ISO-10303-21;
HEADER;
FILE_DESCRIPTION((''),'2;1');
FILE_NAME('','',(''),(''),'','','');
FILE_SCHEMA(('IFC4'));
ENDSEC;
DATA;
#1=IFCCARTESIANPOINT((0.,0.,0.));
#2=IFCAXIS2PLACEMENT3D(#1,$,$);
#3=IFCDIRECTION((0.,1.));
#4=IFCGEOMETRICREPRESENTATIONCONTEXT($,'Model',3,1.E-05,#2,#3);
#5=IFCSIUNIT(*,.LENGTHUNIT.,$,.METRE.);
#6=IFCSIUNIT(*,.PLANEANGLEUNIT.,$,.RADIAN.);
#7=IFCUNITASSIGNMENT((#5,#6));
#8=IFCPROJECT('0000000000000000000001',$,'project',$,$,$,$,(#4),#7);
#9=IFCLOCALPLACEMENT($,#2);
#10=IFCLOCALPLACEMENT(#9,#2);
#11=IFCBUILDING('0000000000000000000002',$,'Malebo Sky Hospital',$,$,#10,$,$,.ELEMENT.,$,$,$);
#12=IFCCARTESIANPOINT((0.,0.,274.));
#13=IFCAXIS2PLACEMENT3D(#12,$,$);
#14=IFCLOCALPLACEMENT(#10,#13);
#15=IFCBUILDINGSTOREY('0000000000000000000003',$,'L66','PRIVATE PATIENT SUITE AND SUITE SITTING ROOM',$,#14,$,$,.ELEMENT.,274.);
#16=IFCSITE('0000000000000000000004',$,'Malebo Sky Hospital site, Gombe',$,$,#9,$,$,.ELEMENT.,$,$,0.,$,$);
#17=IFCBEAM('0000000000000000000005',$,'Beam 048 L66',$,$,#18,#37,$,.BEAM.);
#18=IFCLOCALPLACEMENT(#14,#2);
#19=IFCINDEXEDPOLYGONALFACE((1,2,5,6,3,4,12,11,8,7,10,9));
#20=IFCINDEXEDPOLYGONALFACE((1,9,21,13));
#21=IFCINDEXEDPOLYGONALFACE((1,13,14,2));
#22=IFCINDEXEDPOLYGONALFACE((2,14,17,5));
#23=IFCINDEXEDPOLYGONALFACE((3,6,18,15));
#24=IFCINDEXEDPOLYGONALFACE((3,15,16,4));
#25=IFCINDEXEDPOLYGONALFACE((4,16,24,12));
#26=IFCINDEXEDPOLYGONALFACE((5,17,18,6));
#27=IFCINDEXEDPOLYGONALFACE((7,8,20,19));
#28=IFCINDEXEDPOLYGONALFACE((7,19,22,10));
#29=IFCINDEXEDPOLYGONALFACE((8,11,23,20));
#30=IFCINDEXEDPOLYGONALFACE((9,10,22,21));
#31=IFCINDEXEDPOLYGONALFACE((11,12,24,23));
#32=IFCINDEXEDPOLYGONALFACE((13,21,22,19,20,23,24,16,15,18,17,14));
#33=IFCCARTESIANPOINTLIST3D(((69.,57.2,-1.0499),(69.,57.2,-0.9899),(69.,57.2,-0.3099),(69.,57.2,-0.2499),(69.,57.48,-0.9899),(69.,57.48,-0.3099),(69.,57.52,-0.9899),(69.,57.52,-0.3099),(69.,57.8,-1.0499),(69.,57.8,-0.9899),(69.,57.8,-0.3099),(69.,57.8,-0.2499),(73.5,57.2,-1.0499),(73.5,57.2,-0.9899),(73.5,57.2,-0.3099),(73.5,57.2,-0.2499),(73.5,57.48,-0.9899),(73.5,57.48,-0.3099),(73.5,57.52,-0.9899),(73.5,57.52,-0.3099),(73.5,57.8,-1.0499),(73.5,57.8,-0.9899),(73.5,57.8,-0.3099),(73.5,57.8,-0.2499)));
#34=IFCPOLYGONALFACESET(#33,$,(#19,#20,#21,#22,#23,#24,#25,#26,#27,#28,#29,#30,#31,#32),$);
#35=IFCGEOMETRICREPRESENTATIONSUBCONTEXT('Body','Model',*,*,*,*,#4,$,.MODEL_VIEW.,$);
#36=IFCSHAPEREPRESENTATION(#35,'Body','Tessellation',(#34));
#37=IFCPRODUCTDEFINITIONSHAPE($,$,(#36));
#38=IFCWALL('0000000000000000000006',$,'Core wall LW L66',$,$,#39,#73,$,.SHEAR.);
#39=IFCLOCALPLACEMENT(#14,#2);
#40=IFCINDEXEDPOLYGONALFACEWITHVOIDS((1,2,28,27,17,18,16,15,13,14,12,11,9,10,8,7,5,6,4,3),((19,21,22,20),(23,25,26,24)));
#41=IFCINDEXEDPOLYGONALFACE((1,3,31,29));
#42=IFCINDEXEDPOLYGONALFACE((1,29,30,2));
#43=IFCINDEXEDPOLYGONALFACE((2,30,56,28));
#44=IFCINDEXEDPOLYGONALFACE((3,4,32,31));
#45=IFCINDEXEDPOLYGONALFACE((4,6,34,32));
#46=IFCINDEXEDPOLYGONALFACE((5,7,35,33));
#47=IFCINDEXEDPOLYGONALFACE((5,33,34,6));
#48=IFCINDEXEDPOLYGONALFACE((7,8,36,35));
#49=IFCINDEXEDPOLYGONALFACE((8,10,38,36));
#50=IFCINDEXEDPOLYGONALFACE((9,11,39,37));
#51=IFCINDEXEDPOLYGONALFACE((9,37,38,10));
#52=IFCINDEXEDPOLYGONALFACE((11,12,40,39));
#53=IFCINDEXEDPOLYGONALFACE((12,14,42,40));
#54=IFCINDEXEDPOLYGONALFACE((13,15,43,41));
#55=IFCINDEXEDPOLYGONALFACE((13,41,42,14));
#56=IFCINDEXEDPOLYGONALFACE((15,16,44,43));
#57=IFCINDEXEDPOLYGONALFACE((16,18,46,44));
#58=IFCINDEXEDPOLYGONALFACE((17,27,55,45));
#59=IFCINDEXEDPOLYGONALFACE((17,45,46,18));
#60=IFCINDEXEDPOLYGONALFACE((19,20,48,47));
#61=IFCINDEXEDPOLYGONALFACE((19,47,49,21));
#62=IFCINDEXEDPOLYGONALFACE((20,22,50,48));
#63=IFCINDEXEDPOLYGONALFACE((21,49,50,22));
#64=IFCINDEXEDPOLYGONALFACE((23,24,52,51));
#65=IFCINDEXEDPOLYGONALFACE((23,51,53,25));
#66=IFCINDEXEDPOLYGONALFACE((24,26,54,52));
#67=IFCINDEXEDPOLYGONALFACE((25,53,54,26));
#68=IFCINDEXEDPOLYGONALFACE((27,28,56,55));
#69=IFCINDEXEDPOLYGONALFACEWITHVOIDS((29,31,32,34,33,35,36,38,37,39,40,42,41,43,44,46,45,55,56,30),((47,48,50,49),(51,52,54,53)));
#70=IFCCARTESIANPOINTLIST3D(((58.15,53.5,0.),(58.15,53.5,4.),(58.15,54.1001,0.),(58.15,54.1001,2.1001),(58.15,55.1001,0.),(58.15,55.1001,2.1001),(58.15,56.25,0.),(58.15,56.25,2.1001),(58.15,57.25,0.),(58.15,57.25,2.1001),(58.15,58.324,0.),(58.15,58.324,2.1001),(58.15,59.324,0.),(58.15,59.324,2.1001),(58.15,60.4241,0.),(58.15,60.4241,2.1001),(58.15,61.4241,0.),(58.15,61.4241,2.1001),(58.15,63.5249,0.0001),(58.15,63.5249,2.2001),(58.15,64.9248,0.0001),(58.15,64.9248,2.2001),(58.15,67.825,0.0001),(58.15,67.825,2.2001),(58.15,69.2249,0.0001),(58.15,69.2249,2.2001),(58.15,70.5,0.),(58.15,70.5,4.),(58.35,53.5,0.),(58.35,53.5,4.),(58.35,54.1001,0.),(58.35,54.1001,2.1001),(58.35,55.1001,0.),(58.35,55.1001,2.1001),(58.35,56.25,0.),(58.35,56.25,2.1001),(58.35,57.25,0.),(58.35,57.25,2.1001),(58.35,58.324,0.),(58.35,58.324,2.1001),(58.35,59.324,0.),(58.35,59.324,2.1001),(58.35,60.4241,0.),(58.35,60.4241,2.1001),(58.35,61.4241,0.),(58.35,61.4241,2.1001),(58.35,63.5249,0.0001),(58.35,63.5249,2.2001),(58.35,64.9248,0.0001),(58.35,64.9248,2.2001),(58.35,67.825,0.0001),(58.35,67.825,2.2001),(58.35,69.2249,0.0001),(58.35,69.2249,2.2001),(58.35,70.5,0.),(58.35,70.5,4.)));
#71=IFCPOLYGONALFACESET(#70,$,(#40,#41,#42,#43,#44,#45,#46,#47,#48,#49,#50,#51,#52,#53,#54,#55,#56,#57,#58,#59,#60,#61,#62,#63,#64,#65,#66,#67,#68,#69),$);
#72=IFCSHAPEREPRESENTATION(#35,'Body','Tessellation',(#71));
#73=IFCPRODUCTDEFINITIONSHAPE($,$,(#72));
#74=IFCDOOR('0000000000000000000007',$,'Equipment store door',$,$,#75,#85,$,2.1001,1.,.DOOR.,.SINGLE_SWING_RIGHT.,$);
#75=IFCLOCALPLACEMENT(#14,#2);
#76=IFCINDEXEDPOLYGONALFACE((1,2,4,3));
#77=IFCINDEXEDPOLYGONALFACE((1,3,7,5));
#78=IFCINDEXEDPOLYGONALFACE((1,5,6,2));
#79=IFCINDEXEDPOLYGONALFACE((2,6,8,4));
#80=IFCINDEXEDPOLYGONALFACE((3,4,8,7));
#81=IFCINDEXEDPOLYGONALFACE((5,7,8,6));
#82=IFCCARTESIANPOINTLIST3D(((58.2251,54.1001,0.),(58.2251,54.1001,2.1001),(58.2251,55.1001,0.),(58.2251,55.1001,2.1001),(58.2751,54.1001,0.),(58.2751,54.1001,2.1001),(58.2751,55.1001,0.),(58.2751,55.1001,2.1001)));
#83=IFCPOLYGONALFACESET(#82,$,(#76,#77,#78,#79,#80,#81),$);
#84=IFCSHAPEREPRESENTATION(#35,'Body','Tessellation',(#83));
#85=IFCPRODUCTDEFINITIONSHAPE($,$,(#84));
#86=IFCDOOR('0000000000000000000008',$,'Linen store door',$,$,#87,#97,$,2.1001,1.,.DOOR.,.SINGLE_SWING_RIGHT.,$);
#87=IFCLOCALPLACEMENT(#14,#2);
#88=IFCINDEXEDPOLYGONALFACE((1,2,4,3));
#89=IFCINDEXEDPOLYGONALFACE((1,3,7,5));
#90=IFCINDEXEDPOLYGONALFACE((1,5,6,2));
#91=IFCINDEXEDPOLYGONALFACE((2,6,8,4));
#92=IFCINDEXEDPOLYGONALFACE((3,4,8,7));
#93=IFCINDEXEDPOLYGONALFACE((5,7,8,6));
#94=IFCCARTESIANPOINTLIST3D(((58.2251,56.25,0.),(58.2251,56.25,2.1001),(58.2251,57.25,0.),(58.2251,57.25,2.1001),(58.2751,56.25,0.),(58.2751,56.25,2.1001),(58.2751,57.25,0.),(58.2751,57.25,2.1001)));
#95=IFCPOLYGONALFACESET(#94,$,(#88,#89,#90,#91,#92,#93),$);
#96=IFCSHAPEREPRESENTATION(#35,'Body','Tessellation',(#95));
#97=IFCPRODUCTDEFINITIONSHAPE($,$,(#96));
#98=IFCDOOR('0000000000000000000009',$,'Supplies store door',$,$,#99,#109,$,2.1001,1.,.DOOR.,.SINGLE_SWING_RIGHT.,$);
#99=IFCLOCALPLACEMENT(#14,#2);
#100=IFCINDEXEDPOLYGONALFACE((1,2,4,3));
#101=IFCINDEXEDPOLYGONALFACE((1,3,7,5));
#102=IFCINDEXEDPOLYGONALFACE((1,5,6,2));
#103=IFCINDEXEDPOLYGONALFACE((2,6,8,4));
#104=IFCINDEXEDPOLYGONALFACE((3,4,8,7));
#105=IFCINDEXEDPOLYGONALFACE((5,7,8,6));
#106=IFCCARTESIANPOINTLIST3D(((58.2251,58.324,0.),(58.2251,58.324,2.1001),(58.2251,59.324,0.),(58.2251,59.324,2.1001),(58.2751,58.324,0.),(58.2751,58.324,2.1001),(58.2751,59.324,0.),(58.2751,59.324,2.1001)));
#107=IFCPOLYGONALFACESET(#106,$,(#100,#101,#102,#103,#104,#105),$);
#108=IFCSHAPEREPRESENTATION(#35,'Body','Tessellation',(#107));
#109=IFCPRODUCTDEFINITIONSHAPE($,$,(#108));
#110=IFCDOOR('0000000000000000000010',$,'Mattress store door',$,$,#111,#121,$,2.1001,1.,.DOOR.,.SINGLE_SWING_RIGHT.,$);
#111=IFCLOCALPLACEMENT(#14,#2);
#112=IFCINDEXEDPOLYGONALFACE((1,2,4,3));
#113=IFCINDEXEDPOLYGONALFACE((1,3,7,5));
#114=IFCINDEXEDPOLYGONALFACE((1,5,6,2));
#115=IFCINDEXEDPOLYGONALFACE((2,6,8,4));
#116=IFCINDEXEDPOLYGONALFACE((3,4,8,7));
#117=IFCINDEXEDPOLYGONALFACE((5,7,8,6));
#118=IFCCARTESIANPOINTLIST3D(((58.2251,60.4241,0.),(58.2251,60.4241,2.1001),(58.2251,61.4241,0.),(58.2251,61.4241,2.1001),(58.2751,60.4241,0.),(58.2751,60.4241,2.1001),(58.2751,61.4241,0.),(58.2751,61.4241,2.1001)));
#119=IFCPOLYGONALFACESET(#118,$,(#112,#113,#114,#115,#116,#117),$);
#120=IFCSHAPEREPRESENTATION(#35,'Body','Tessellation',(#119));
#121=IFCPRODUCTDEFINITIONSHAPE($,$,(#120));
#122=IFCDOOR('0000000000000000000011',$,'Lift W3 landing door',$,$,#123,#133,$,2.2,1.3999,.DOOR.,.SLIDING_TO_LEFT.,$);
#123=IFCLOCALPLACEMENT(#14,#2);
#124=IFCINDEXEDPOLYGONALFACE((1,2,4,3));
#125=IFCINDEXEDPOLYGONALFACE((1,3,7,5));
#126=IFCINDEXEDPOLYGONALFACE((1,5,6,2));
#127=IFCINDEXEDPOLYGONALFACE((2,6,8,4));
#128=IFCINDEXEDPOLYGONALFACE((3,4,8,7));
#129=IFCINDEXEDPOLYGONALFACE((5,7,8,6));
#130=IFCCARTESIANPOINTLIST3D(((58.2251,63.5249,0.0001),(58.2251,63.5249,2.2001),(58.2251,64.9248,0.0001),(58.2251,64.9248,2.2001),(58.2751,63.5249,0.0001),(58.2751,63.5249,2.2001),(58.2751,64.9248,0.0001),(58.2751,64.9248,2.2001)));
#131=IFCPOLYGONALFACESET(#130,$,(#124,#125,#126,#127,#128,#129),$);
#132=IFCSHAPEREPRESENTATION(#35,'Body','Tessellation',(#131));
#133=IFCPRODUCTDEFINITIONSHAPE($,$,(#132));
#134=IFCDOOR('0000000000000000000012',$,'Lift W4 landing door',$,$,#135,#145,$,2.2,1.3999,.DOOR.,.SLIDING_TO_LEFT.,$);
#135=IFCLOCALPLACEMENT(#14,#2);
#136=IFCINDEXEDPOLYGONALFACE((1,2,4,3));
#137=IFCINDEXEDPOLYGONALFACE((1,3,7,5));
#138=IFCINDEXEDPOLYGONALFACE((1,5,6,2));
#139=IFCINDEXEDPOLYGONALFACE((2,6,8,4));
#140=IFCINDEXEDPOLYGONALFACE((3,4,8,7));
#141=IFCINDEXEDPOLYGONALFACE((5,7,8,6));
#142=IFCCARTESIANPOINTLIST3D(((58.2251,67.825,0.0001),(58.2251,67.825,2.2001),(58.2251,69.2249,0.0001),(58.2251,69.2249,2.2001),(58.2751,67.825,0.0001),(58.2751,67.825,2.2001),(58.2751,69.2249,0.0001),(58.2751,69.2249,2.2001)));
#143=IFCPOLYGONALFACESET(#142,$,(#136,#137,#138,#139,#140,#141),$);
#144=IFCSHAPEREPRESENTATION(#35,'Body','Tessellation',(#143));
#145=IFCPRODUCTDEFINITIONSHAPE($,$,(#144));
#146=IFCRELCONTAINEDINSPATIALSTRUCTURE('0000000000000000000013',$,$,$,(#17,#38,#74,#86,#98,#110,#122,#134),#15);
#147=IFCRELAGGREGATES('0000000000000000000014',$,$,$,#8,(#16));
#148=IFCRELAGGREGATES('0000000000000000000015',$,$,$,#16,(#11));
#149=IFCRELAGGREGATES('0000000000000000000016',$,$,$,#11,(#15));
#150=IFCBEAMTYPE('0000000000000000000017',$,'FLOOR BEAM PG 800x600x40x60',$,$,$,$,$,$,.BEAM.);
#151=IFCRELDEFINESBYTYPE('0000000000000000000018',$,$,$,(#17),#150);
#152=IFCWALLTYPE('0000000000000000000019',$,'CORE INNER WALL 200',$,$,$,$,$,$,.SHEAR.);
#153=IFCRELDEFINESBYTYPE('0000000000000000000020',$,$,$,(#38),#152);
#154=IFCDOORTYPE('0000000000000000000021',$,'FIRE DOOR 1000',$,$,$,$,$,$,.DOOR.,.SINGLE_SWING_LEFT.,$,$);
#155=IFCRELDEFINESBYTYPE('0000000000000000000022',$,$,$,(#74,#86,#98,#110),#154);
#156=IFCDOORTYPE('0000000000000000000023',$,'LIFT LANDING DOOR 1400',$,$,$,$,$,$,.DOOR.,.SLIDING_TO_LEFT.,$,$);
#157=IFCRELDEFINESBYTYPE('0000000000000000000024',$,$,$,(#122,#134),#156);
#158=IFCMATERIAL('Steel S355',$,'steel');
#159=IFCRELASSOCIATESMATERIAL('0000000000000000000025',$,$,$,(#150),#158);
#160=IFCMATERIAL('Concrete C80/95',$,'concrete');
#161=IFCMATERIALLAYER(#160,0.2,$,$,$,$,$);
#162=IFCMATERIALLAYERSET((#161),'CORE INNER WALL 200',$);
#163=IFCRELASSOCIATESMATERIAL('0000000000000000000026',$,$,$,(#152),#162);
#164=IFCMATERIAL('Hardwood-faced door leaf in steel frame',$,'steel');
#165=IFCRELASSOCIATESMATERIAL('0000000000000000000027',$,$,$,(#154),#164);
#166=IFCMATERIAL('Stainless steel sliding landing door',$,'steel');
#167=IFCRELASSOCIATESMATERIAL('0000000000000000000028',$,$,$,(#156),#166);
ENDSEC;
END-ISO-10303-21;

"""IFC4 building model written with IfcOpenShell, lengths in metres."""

from ifc_helpers import new_model, si_unit, direction, frame, frame_2d, origin, origin_2d, place, context, subcontext, project, spatial, rectangle, i_section, extrude, material, layer, layer_set, material_profile, profile_set, type_object, element, fill, save


model = new_model("IFC4")

# Units and contexts
model_context = context("Model", 3, precision=1e-05, world=origin(), true_north=direction((0.0, 1.0)))
body_context = subcontext(model_context, "Body", "Model", "MODEL_VIEW")
ifc_project = project(units=[si_unit("LENGTHUNIT", "METRE"), si_unit("PLANEANGLEUNIT", "RADIAN")], contexts=[model_context])

# Site, building, storey
site_placement = place(None, origin())
site = spatial("IfcSite", under=ifc_project, at=site_placement, Name="Malebo Sky Hospital site, Gombe", CompositionType="ELEMENT", RefElevation=0.0)
building_placement = place(site_placement, origin())
building = spatial("IfcBuilding", under=site, at=building_placement, Name="Malebo Sky Hospital", CompositionType="ELEMENT")
storey_placement = place(building_placement, frame((0.0, 0.0, 274.0)))
storey = spatial("IfcBuildingStorey", under=building, at=storey_placement, Name="L66", Description="PRIVATE PATIENT SUITE AND SUITE SITTING ROOM", CompositionType="ELEMENT", Elevation=274.0)

# Beam
ifc_material_1 = material(Name="Steel S355", Category="steel")
ifc_material_profile = material_profile(ifc_material_1, i_section(OverallWidth=0.6001, OverallDepth=0.8, WebThickness=0.04, FlangeThickness=0.0601, at=origin_2d()), Name="PG 800x600x40x60")
ifc_profile_set = profile_set([ifc_material_profile], Name="Steel S355")
beam_type = type_object("IfcBeamType", Name="FLOOR BEAM PG 800x600x40x60", PredefinedType="BEAM", material=ifc_profile_set)
beam_placement = place(storey_placement, frame((69.0, 57.5, -0.6499), z_axis=(1.0, 0.0, 0.0), x_axis=(0.0, 1.0, 0.0)))
element("IfcBeam", 1, at=beam_placement, inside=storey, type_object=beam_type, Name="Beam 048 L66", PredefinedType="BEAM", context=body_context, shape_type="SweptSolid", body=[
    extrude(i_section(OverallWidth=0.6001, OverallDepth=0.8, WebThickness=0.04, FlangeThickness=0.0601, at=origin_2d()), origin(), (0.0, 0.0, 1.0), 4.5),
])

# Wall, openings, doors
ifc_material_2 = material(Name="Concrete C80/95", Category="concrete")
ifc_layer_1 = layer(ifc_material_2, 0.2)
ifc_layer_set_1 = layer_set([ifc_layer_1], Name="CORE INNER WALL 200")
wall_type_1 = type_object("IfcWallType", Name="CORE INNER WALL 200", PredefinedType="SHEAR", material=ifc_layer_set_1)
wall_1_placement = place(storey_placement, frame((58.25, 53.5, 0.0), z_axis=(0.0, 0.0, 1.0), x_axis=(0.0, 1.0, 0.0)))
wall_1 = element("IfcWall", 2, at=wall_1_placement, inside=storey, type_object=wall_type_1, Name="Core wall LW L66", PredefinedType="SHEAR", context=body_context, shape_type="SweptSolid", body=[
    extrude(rectangle(XDim=17.0, YDim=0.2, at=frame_2d((8.5, 0.0))), origin(), (0.0, 0.0, 1.0), 4.0),
])
opening_1_placement = place(wall_1_placement, frame((0.6001, 0.0, 0.0)))
opening_1 = element("IfcOpeningElement", 3, at=opening_1_placement, cuts=wall_1, PredefinedType="OPENING", context=body_context, shape_type="SweptSolid", body=[
    extrude(rectangle(XDim=1.0, YDim=2.1001, at=frame_2d((0.5, 1.05))), frame((0.0, 0.1099, 0.0), z_axis=(0.0, -1.0, 0.0), x_axis=(1.0, 0.0, 0.0)), (0.0, 0.0, 1.0), 0.22),
])
opening_2_placement = place(wall_1_placement, frame((2.75, 0.0, 0.0)))
opening_2 = element("IfcOpeningElement", 4, at=opening_2_placement, cuts=wall_1, PredefinedType="OPENING", context=body_context, shape_type="SweptSolid", body=[
    extrude(rectangle(XDim=1.0, YDim=2.1001, at=frame_2d((0.5, 1.05))), frame((0.0, 0.1099, 0.0), z_axis=(0.0, -1.0, 0.0), x_axis=(1.0, 0.0, 0.0)), (0.0, 0.0, 1.0), 0.22),
])
opening_3_placement = place(wall_1_placement, frame((4.824, 0.0, 0.0)))
opening_3 = element("IfcOpeningElement", 5, at=opening_3_placement, cuts=wall_1, PredefinedType="OPENING", context=body_context, shape_type="SweptSolid", body=[
    extrude(rectangle(XDim=1.0, YDim=2.1001, at=frame_2d((0.5, 1.05))), frame((0.0, 0.1099, 0.0), z_axis=(0.0, -1.0, 0.0), x_axis=(1.0, 0.0, 0.0)), (0.0, 0.0, 1.0), 0.22),
])
opening_4_placement = place(wall_1_placement, frame((6.9241, 0.0, 0.0)))
opening_4 = element("IfcOpeningElement", 6, at=opening_4_placement, cuts=wall_1, PredefinedType="OPENING", context=body_context, shape_type="SweptSolid", body=[
    extrude(rectangle(XDim=1.0, YDim=2.1001, at=frame_2d((0.5, 1.05))), frame((0.0, 0.1099, 0.0), z_axis=(0.0, -1.0, 0.0), x_axis=(1.0, 0.0, 0.0)), (0.0, 0.0, 1.0), 0.22),
])
opening_5_placement = place(wall_1_placement, frame((10.0249, 0.0, 0.0)))
opening_5 = element("IfcOpeningElement", 7, at=opening_5_placement, cuts=wall_1, PredefinedType="OPENING", context=body_context, shape_type="SweptSolid", body=[
    extrude(rectangle(XDim=1.3999, YDim=2.2, at=frame_2d((0.7, 1.1001))), frame((0.0, 0.1099, 0.0), z_axis=(0.0, -1.0, 0.0), x_axis=(1.0, 0.0, 0.0)), (0.0, 0.0, 1.0), 0.22),
])
opening_6_placement = place(wall_1_placement, frame((14.325, 0.0, 0.0)))
opening_6 = element("IfcOpeningElement", 8, at=opening_6_placement, cuts=wall_1, PredefinedType="OPENING", context=body_context, shape_type="SweptSolid", body=[
    extrude(rectangle(XDim=1.3999, YDim=2.2, at=frame_2d((0.7, 1.1001))), frame((0.0, 0.1099, 0.0), z_axis=(0.0, -1.0, 0.0), x_axis=(1.0, 0.0, 0.0)), (0.0, 0.0, 1.0), 0.22),
])
ifc_material_3 = material(Name="Hardwood-faced door leaf in steel frame", Category="steel")
door_type_1 = type_object("IfcDoorType", Name="FIRE DOOR 1000", OperationType="SINGLE_SWING_LEFT", PredefinedType="DOOR", material=ifc_material_3)
door_1_placement = place(opening_1_placement, origin())
door_1 = element("IfcDoor", 9, at=door_1_placement, inside=storey, type_object=door_type_1, Name="Equipment store door", OperationType="SINGLE_SWING_RIGHT", OverallHeight=2.1001, OverallWidth=1.0, PredefinedType="DOOR", context=body_context, shape_type="SweptSolid", body=[
    extrude(rectangle(XDim=1.0, YDim=2.1001, at=frame_2d((0.5, 1.05))), frame((0.0, 0.0249, 0.0), z_axis=(0.0, -1.0, 0.0), x_axis=(1.0, 0.0, 0.0)), (0.0, 0.0, 1.0), 0.05),
])
fill(opening_1, door_1)
door_2_placement = place(opening_2_placement, origin())
door_2 = element("IfcDoor", 10, at=door_2_placement, inside=storey, type_object=door_type_1, Name="Linen store door", OperationType="SINGLE_SWING_RIGHT", OverallHeight=2.1001, OverallWidth=1.0, PredefinedType="DOOR", context=body_context, shape_type="SweptSolid", body=[
    extrude(rectangle(XDim=1.0, YDim=2.1001, at=frame_2d((0.5, 1.05))), frame((0.0, 0.0249, 0.0), z_axis=(0.0, -1.0, 0.0), x_axis=(1.0, 0.0, 0.0)), (0.0, 0.0, 1.0), 0.05),
])
fill(opening_2, door_2)
door_3_placement = place(opening_3_placement, origin())
door_3 = element("IfcDoor", 11, at=door_3_placement, inside=storey, type_object=door_type_1, Name="Supplies store door", OperationType="SINGLE_SWING_RIGHT", OverallHeight=2.1001, OverallWidth=1.0, PredefinedType="DOOR", context=body_context, shape_type="SweptSolid", body=[
    extrude(rectangle(XDim=1.0, YDim=2.1001, at=frame_2d((0.5, 1.05))), frame((0.0, 0.0249, 0.0), z_axis=(0.0, -1.0, 0.0), x_axis=(1.0, 0.0, 0.0)), (0.0, 0.0, 1.0), 0.05),
])
fill(opening_3, door_3)
door_4_placement = place(opening_4_placement, origin())
door_4 = element("IfcDoor", 12, at=door_4_placement, inside=storey, type_object=door_type_1, Name="Mattress store door", OperationType="SINGLE_SWING_RIGHT", OverallHeight=2.1001, OverallWidth=1.0, PredefinedType="DOOR", context=body_context, shape_type="SweptSolid", body=[
    extrude(rectangle(XDim=1.0, YDim=2.1001, at=frame_2d((0.5, 1.05))), frame((0.0, 0.0249, 0.0), z_axis=(0.0, -1.0, 0.0), x_axis=(1.0, 0.0, 0.0)), (0.0, 0.0, 1.0), 0.05),
])
fill(opening_4, door_4)
ifc_material_4 = material(Name="Stainless steel sliding landing door", Category="steel")
door_type_2 = type_object("IfcDoorType", Name="LIFT LANDING DOOR 1400", OperationType="SLIDING_TO_LEFT", PredefinedType="DOOR", material=ifc_material_4)
door_5_placement = place(opening_5_placement, origin())
door_5 = element("IfcDoor", 13, at=door_5_placement, inside=storey, type_object=door_type_2, Name="Lift W3 landing door", OperationType="SLIDING_TO_LEFT", OverallHeight=2.2, OverallWidth=1.3999, PredefinedType="DOOR", context=body_context, shape_type="SweptSolid", body=[
    extrude(rectangle(XDim=1.3999, YDim=2.2, at=frame_2d((0.7, 1.1001))), frame((0.0, 0.0249, 0.0), z_axis=(0.0, -1.0, 0.0), x_axis=(1.0, 0.0, 0.0)), (0.0, 0.0, 1.0), 0.05),
])
fill(opening_5, door_5)
door_6_placement = place(opening_6_placement, origin())
door_6 = element("IfcDoor", 14, at=door_6_placement, inside=storey, type_object=door_type_2, Name="Lift W4 landing door", OperationType="SLIDING_TO_LEFT", OverallHeight=2.2, OverallWidth=1.3999, PredefinedType="DOOR", context=body_context, shape_type="SweptSolid", body=[
    extrude(rectangle(XDim=1.3999, YDim=2.2, at=frame_2d((0.7, 1.1001))), frame((0.0, 0.0249, 0.0), z_axis=(0.0, -1.0, 0.0), x_axis=(1.0, 0.0, 0.0)), (0.0, 0.0, 1.0), 0.05),
])
fill(opening_6, door_6)

save(model, "model.ifc")
